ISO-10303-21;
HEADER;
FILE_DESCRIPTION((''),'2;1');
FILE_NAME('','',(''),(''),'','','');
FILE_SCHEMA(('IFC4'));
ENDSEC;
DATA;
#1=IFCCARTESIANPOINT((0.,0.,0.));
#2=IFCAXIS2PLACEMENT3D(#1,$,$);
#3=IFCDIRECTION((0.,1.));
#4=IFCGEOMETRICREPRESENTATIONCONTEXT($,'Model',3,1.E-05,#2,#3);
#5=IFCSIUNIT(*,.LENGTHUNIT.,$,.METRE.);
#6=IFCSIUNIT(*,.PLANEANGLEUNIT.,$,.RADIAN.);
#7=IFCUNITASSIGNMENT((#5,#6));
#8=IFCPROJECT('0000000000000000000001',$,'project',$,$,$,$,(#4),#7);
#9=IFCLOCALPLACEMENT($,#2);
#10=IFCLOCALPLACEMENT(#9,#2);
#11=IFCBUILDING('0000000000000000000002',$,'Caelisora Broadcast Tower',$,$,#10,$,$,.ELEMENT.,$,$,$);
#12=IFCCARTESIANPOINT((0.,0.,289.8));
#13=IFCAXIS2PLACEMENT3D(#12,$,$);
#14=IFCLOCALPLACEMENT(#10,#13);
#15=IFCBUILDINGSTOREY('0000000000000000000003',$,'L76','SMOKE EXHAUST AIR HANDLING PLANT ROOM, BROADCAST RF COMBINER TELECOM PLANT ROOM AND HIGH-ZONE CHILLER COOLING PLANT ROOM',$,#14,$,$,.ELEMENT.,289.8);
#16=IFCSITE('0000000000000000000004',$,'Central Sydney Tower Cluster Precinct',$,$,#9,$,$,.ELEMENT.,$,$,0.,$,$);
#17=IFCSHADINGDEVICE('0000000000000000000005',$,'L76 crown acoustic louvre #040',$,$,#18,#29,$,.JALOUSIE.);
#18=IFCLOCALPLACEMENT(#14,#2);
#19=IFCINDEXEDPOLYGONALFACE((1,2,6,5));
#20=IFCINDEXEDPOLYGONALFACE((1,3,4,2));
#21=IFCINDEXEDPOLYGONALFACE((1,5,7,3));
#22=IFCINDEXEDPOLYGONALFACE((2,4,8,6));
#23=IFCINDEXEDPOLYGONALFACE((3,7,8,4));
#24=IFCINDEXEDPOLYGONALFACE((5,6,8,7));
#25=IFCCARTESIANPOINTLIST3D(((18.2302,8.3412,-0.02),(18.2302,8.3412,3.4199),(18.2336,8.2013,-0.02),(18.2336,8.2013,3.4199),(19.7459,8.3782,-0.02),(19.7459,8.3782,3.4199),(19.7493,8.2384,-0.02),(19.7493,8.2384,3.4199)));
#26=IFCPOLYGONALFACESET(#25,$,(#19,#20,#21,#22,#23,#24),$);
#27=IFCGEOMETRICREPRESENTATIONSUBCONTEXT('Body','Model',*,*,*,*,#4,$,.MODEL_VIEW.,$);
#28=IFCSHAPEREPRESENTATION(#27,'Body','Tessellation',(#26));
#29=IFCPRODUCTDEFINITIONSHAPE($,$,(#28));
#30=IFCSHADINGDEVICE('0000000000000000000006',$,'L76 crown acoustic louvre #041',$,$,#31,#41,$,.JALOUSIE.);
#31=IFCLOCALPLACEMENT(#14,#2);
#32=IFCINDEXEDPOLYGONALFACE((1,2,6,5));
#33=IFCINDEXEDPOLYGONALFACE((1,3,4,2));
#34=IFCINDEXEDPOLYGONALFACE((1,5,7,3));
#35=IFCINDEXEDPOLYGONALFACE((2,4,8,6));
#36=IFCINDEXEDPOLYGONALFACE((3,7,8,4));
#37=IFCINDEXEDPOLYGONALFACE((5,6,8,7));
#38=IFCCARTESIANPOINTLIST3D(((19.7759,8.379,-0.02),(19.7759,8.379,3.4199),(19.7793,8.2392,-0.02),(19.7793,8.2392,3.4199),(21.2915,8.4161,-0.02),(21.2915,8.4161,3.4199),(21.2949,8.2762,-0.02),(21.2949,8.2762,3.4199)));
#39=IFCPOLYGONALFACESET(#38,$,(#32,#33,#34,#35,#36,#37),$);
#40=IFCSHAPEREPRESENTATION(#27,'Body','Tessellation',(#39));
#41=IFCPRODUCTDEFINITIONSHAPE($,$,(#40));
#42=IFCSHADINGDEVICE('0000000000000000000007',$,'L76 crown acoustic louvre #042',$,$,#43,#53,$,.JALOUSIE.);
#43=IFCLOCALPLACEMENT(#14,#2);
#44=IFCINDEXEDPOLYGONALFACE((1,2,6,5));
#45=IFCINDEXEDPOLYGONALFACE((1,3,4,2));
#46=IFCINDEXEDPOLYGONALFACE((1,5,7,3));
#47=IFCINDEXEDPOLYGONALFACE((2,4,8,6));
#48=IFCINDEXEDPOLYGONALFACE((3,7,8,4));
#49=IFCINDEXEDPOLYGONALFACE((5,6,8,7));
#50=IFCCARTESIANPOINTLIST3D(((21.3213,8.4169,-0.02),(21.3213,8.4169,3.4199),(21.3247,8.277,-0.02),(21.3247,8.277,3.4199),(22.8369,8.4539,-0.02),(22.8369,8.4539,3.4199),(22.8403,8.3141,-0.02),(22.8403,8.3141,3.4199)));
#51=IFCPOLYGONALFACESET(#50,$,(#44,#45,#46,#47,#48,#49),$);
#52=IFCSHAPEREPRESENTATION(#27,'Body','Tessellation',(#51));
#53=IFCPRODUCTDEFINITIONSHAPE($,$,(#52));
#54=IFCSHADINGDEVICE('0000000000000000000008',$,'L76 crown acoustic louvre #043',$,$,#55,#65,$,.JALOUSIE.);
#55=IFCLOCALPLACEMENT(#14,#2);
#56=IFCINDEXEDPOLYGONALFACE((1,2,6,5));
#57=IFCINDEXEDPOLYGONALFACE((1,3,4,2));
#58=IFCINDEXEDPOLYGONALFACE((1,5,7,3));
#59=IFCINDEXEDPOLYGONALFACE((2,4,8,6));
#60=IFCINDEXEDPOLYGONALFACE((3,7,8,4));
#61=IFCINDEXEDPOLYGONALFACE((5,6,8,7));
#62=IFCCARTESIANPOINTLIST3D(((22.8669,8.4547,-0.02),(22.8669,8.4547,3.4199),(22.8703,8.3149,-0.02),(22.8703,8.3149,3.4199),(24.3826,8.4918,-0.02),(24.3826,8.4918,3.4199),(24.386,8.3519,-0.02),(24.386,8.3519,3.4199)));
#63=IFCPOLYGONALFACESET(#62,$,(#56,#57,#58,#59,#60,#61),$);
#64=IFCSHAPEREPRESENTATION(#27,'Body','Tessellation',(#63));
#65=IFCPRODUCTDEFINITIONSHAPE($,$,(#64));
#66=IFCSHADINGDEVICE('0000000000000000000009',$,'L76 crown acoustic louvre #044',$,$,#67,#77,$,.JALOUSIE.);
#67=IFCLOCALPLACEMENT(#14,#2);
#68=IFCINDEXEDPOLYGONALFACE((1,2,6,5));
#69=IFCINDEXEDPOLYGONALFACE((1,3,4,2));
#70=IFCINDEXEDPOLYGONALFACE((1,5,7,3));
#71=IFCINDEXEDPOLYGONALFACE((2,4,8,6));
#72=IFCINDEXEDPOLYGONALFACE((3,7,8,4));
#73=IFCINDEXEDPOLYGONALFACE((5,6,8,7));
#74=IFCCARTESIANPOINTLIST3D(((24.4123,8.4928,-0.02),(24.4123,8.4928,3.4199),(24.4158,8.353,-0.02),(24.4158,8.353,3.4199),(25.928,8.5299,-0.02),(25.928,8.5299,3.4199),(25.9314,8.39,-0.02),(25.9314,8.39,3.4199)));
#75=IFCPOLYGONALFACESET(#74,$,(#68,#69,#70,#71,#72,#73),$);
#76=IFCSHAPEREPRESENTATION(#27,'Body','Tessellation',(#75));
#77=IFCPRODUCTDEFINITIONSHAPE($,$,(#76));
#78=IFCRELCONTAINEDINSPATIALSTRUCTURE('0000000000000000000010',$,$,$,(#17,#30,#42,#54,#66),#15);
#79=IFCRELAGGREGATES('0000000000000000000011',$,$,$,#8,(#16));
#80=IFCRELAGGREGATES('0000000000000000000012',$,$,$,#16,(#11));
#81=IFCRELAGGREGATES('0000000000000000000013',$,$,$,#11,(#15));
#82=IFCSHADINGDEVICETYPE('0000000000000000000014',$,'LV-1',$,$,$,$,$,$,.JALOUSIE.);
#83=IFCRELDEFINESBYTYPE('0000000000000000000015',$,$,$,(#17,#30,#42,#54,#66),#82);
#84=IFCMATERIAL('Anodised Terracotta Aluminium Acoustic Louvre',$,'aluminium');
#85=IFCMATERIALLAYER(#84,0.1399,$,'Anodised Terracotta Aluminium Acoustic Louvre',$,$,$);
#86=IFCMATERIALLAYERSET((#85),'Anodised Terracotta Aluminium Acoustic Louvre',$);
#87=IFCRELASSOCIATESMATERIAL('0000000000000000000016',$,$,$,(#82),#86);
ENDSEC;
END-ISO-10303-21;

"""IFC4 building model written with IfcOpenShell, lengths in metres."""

from ifc_helpers import new_model, si_unit, direction, frame, origin, origin_2d, place, context, subcontext, project, spatial, rectangle, extrude, source, transform, mapped, material, layer, layer_set, type_object, element, save


model = new_model("IFC4")

# Units and contexts
model_context = context("Model", 3, precision=1e-05, world=origin(), true_north=direction((0.0, 1.0)))
body_context = subcontext(model_context, "Body", "Model", "MODEL_VIEW")
ifc_project = project(units=[si_unit("LENGTHUNIT", "METRE"), si_unit("PLANEANGLEUNIT", "RADIAN")], contexts=[model_context])

# Site, building, storey
site_placement = place(None, origin())
site = spatial("IfcSite", under=ifc_project, at=site_placement, Name="Central Sydney Tower Cluster Precinct", CompositionType="ELEMENT", RefElevation=0.0)
building_placement = place(site_placement, origin())
building = spatial("IfcBuilding", under=site, at=building_placement, Name="Caelisora Broadcast Tower", CompositionType="ELEMENT")
storey_placement = place(building_placement, frame((0.0, 0.0, 289.8)))
storey = spatial("IfcBuildingStorey", under=building, at=storey_placement, Name="L76", Description="SMOKE EXHAUST AIR HANDLING PLANT ROOM, BROADCAST RF COMBINER TELECOM PLANT ROOM AND HIGH-ZONE CHILLER COOLING PLANT ROOM", CompositionType="ELEMENT", Elevation=289.8)

# Shading devices
ifc_material_1 = material(Name="Anodised Terracotta Aluminium Acoustic Louvre", Category="aluminium")
ifc_layer_1 = layer(ifc_material_1, 0.1399, Name="Anodised Terracotta Aluminium Acoustic Louvre")
ifc_layer_set_1 = layer_set([ifc_layer_1], Name="Anodised Terracotta Aluminium Acoustic Louvre")
shading_device_type = type_object("IfcShadingDeviceType", Name="LV-1", PredefinedType="JALOUSIE", material=ifc_layer_set_1)
shared_shape_1 = source(origin(), body_context, "Body", "SweptSolid", [
    extrude(rectangle(XDim=1.5161, YDim=0.1399, at=origin_2d()), origin(), (0.0, 0.0, 1.0), 3.4399),
])
for number, where, z_axis, x_axis, name in (
    (1, (18.9897, 8.2898, -0.02), (0.0, 0.0, 1.0), (0.999701, 0.024432, 0.0), "L76 crown acoustic louvre #040"),
    (2, (20.5354, 8.3276, -0.02), (0.0, 0.0, 1.0), (0.999701, 0.024432, 0.0), "L76 crown acoustic louvre #041"),
    (3, (22.0808, 8.3655, -0.02), (0.0, 0.0, 1.0), (0.999701, 0.024432, 0.0), "L76 crown acoustic louvre #042"),
    (4, (23.6265, 8.4033, -0.02), (0.0, 0.0, 1.0), (0.999701, 0.024432, 0.0), "L76 crown acoustic louvre #043"),
    (5, (25.1719, 8.4414, -0.02), (0.0, 0.0, 1.0), (0.999701, 0.024432, 0.0), "L76 crown acoustic louvre #044"),
):
    element("IfcShadingDevice", number, at=place(storey_placement, frame(where, z_axis=z_axis, x_axis=x_axis)), inside=storey, type_object=shading_device_type, Name=name, PredefinedType="JALOUSIE", context=body_context, shape_type="MappedRepresentation", body=[
        mapped(shared_shape_1, transform((0.0, 0.0, 0.0), scale=1.0)),
    ])

save(model, "model.ifc")
